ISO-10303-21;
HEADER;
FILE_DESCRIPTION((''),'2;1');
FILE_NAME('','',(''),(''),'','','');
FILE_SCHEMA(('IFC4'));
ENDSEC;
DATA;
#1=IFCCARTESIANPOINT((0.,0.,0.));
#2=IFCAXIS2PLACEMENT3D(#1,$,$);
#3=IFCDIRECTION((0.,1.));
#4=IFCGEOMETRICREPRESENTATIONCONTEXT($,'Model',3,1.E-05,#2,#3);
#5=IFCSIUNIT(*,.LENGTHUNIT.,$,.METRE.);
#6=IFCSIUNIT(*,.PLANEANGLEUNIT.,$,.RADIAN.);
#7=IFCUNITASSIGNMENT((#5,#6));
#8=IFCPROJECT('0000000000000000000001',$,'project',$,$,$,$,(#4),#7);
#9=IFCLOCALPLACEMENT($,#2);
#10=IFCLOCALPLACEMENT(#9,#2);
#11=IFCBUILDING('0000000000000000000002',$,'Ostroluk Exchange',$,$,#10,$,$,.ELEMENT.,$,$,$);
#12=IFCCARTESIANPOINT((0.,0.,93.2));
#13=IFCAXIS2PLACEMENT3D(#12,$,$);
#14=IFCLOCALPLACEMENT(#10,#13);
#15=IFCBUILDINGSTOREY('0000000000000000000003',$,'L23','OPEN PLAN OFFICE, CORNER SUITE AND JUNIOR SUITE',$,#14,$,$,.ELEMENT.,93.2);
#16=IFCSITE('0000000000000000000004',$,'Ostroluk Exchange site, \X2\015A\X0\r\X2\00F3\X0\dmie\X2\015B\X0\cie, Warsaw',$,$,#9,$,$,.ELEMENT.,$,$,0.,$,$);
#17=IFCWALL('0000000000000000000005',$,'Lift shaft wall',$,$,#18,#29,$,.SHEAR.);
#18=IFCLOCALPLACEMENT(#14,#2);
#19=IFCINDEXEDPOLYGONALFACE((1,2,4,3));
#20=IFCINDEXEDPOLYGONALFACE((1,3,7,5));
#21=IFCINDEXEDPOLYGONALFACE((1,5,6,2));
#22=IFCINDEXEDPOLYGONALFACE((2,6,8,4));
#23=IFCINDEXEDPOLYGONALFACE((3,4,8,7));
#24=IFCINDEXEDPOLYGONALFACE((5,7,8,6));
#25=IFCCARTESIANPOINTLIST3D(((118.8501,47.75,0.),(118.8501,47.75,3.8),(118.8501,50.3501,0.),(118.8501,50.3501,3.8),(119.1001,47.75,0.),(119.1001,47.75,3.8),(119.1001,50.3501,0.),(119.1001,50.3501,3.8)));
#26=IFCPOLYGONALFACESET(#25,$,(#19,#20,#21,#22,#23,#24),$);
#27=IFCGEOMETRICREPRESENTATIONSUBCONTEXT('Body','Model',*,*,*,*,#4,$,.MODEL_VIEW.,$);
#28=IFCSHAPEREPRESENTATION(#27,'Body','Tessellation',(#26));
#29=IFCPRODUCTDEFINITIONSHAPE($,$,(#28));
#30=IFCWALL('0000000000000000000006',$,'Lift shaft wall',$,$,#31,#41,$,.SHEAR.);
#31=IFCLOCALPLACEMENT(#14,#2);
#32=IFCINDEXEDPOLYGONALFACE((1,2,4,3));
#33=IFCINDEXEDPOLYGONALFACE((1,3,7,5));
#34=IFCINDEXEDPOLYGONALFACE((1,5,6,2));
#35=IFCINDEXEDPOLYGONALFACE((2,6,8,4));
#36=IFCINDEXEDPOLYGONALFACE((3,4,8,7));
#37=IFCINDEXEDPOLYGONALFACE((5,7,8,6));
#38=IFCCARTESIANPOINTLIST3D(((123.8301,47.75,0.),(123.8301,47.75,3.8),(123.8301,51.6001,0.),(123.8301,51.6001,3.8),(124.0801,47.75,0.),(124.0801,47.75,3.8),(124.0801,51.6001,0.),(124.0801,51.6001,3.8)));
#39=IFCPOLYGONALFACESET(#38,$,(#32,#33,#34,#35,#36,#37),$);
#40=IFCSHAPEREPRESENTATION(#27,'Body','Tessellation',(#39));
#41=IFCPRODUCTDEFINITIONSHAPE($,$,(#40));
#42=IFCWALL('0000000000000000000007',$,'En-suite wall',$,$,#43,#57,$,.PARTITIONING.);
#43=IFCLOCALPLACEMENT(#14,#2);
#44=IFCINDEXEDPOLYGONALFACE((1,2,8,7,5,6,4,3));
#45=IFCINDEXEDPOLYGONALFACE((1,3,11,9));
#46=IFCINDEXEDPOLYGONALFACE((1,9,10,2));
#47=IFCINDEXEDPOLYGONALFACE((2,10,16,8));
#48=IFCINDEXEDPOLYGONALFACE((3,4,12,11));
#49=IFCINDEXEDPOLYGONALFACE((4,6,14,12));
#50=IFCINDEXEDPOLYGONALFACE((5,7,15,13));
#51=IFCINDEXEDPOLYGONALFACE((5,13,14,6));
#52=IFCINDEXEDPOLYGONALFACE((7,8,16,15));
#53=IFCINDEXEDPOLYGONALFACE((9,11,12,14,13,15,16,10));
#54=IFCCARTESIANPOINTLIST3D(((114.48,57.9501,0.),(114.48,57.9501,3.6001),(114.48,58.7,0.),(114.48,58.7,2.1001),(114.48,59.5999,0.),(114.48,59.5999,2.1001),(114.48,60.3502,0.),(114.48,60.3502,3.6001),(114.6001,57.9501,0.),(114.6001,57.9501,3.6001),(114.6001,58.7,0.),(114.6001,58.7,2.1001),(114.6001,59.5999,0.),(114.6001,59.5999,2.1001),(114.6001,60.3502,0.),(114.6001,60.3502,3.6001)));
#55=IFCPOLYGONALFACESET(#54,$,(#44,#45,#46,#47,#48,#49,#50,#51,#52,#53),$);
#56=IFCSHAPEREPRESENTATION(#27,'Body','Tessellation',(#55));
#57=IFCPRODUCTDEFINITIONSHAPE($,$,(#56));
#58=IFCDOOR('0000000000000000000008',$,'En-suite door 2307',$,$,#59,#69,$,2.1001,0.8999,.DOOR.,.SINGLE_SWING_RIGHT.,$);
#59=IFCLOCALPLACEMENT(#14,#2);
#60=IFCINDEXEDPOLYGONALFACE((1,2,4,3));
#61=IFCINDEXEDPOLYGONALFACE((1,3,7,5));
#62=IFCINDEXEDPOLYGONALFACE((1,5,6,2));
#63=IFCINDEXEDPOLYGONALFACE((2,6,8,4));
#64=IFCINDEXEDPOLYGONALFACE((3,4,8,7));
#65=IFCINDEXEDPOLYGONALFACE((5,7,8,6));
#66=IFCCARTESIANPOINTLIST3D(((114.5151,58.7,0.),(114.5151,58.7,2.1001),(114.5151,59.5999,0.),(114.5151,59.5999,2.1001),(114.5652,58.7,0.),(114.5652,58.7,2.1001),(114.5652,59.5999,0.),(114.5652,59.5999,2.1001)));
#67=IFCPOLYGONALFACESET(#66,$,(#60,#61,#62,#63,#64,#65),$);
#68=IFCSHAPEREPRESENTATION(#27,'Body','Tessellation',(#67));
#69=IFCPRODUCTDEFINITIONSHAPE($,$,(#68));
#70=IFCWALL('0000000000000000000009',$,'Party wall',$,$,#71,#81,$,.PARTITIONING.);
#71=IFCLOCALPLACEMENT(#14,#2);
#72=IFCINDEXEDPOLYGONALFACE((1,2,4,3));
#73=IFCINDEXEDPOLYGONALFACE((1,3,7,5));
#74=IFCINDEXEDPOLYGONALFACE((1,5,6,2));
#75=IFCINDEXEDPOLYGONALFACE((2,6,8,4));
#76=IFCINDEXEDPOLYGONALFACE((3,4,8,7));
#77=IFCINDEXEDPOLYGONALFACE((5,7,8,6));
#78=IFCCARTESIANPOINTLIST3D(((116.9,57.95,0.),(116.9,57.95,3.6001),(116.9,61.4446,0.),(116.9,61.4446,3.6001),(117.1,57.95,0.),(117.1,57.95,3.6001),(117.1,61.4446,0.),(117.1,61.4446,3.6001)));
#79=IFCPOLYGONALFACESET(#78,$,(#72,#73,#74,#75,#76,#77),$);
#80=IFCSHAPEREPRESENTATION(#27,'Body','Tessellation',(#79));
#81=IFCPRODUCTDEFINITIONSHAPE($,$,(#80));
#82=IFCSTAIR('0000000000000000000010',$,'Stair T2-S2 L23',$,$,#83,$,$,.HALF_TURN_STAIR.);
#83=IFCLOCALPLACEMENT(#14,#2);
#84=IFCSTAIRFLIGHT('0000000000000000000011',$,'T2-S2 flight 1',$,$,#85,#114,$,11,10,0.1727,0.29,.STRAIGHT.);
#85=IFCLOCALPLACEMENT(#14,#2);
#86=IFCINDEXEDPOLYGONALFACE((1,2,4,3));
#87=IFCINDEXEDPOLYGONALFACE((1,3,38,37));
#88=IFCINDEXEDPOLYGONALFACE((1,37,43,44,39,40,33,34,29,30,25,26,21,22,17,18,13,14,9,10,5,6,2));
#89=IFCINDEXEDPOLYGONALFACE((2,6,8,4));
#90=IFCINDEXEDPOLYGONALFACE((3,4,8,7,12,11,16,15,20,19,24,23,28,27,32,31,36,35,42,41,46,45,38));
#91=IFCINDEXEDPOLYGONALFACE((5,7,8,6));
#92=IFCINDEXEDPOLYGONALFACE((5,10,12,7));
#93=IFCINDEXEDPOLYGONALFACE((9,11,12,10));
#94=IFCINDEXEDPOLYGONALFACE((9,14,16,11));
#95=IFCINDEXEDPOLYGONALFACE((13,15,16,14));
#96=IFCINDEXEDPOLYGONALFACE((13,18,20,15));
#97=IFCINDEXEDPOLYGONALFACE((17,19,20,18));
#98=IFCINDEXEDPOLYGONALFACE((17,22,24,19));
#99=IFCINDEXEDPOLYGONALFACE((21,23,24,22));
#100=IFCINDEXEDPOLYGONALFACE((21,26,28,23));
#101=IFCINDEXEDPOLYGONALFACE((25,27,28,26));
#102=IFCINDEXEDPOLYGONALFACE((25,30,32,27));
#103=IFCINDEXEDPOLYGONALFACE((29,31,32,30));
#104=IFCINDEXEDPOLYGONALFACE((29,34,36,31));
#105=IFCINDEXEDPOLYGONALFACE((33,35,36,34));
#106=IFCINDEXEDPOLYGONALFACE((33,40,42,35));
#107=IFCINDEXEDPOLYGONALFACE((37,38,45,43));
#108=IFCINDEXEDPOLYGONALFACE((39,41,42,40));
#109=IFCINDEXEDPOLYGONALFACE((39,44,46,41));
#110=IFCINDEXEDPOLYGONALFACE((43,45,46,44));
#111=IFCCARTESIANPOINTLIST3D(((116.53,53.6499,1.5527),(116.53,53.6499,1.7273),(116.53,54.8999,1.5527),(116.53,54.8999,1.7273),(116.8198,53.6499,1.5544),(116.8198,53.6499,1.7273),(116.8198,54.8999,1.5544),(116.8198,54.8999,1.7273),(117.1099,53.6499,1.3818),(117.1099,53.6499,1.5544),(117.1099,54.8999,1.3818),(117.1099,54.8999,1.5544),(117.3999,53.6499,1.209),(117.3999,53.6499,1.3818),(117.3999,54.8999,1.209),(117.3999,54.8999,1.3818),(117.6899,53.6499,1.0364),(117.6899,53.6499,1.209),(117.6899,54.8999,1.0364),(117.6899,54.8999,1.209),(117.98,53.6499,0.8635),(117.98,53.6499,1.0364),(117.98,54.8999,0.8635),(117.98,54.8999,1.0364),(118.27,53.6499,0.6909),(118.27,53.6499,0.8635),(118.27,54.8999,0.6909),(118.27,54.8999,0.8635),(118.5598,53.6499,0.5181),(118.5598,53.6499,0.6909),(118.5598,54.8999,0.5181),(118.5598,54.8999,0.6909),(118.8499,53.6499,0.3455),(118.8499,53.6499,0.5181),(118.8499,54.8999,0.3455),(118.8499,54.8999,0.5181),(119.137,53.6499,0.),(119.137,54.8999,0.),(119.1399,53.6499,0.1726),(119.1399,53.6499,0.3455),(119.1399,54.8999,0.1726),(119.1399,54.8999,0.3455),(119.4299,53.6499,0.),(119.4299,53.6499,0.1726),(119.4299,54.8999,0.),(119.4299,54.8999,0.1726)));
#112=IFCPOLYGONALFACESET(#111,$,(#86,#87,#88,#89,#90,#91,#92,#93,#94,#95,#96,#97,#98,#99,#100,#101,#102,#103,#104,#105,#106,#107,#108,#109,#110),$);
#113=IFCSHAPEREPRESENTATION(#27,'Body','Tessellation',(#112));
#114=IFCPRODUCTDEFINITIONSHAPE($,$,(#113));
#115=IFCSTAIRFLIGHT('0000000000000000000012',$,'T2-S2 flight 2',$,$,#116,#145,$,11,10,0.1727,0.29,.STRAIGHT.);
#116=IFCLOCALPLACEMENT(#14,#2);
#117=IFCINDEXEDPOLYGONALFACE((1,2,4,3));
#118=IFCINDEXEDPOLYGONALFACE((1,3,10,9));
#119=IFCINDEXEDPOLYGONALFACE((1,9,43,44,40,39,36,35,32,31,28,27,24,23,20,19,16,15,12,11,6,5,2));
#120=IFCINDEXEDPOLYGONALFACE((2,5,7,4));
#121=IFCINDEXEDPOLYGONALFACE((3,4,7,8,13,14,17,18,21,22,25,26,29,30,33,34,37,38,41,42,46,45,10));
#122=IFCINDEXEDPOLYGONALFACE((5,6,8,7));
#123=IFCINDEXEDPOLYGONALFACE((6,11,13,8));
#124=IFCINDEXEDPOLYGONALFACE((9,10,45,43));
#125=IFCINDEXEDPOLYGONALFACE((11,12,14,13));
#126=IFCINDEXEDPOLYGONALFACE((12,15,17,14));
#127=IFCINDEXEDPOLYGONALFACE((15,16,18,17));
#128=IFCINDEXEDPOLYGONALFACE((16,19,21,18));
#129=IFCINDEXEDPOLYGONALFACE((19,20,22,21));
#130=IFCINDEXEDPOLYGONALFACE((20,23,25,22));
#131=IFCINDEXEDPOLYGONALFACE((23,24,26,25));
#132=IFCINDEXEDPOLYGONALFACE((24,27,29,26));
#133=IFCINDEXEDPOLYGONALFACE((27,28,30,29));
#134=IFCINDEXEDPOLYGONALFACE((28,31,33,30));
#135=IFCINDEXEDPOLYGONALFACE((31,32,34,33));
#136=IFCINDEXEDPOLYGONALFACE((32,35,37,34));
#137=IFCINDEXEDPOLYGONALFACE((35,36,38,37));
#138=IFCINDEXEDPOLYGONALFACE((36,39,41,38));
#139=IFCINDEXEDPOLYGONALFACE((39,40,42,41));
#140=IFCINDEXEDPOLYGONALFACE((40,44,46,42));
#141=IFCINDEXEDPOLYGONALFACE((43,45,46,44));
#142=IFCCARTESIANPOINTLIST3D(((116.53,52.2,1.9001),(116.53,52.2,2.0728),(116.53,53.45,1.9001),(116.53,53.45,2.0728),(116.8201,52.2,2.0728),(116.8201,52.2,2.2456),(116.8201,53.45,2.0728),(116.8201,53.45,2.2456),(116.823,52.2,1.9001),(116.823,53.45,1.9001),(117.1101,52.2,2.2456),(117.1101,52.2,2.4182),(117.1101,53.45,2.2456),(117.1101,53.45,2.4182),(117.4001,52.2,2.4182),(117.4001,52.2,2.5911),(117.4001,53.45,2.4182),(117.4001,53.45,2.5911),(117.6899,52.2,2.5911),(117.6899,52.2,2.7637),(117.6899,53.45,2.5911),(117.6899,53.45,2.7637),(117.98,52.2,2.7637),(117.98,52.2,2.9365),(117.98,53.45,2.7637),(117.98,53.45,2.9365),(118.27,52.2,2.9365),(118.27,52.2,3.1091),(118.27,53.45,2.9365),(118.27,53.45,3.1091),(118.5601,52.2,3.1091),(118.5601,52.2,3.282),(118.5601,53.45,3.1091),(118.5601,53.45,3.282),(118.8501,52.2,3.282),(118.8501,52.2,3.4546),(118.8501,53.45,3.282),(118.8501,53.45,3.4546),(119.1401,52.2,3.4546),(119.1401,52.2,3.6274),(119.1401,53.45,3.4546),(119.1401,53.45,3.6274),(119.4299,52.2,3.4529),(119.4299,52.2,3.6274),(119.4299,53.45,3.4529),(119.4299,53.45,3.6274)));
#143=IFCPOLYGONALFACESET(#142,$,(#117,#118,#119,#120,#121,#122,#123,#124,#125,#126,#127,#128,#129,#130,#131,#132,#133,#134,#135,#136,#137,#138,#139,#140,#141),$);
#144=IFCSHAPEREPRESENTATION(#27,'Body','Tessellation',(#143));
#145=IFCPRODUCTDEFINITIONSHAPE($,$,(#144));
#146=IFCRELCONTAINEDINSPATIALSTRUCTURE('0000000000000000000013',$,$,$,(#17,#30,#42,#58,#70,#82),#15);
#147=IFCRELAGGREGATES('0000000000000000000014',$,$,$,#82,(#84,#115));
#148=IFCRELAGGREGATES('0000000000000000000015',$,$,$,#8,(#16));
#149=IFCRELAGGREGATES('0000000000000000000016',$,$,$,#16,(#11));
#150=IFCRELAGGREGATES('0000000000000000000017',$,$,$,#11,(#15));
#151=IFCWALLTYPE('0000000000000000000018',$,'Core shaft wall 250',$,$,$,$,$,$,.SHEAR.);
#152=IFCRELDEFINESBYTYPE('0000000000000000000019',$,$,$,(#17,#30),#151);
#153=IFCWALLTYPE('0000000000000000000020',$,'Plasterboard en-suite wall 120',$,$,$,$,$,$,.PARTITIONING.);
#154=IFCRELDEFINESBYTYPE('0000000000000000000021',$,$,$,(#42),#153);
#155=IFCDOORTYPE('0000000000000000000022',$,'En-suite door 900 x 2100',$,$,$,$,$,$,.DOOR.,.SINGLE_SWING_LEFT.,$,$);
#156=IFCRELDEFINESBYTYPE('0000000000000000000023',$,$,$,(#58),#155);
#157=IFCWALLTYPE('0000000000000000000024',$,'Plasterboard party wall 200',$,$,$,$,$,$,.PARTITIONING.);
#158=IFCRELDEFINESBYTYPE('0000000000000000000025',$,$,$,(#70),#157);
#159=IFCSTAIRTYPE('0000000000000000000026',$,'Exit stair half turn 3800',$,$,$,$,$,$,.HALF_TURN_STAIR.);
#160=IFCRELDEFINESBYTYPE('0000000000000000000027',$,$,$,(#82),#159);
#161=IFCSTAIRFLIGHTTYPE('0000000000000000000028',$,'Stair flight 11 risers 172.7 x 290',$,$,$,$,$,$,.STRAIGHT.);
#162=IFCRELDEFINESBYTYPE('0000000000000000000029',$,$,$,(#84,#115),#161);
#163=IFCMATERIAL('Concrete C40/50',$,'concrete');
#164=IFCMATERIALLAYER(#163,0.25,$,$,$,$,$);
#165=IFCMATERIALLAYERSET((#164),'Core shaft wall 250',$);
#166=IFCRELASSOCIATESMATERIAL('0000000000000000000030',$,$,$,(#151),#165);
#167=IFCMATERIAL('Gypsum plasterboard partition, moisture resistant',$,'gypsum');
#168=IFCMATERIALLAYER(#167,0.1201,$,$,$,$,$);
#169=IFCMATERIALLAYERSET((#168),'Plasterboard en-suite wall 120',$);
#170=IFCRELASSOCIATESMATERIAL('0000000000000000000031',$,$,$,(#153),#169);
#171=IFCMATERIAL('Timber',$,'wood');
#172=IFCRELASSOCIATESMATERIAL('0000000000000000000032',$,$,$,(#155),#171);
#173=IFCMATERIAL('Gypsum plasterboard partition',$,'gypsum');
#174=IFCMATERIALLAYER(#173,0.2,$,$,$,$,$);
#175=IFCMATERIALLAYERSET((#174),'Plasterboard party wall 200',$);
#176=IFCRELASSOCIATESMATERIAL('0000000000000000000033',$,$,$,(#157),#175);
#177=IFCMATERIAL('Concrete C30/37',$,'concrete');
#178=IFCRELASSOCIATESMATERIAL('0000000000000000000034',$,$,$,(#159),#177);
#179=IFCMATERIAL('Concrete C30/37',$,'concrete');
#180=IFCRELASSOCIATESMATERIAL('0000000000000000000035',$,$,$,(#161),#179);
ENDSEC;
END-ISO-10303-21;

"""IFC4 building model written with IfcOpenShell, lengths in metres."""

from ifc_helpers import new_model, si_unit, direction, frame, frame_2d, origin, place, context, subcontext, project, spatial, polyline, rectangle, outline, extrude, material, layer, layer_set, type_object, element, fill, aggregate, save


model = new_model("IFC4")

# Units and contexts
model_context = context("Model", 3, precision=1e-05, world=origin(), true_north=direction((0.0, 1.0)))
body_context = subcontext(model_context, "Body", "Model", "MODEL_VIEW")
ifc_project = project(units=[si_unit("LENGTHUNIT", "METRE"), si_unit("PLANEANGLEUNIT", "RADIAN")], contexts=[model_context])

# Site, building, storey
site_placement = place(None, origin())
site = spatial("IfcSite", under=ifc_project, at=site_placement, Name="Ostroluk Exchange site, Śródmieście, Warsaw", CompositionType="ELEMENT", RefElevation=0.0)
building_placement = place(site_placement, origin())
building = spatial("IfcBuilding", under=site, at=building_placement, Name="Ostroluk Exchange", CompositionType="ELEMENT")
storey_placement = place(building_placement, frame((0.0, 0.0, 93.2)))
storey = spatial("IfcBuildingStorey", under=building, at=storey_placement, Name="L23", Description="OPEN PLAN OFFICE, CORNER SUITE AND JUNIOR SUITE", CompositionType="ELEMENT", Elevation=93.2)

# Shared definitions
ifc_material_1 = material(Name="Concrete C40/50", Category="concrete")
ifc_layer_1 = layer(ifc_material_1, 0.25)
ifc_layer_set_1 = layer_set([ifc_layer_1], Name="Core shaft wall 250")
wall_type_1 = type_object("IfcWallType", Name="Core shaft wall 250", PredefinedType="SHEAR", material=ifc_layer_set_1)

# Walls
for number, where, z_axis, x_axis, name in (
    (1, (118.9751, 47.75, 0.0), (0.0, 0.0, 1.0), (0.0, 1.0, 0.0), "Lift shaft wall"),
):
    element("IfcWall", number, at=place(storey_placement, frame(where, z_axis=z_axis, x_axis=x_axis)), inside=storey, type_object=wall_type_1, Name=name, PredefinedType="SHEAR", context=body_context, shape_type="SweptSolid", body=[
        extrude(rectangle(XDim=2.6001, YDim=0.25, at=frame_2d((1.3, 0.0))), origin(), (0.0, 0.0, 1.0), 3.8),
    ])
wall_1_placement = place(storey_placement, frame((123.9551, 47.75, 0.0), z_axis=(0.0, 0.0, 1.0), x_axis=(0.0, 1.0, 0.0)))
element("IfcWall", 2, at=wall_1_placement, inside=storey, type_object=wall_type_1, Name="Lift shaft wall", PredefinedType="SHEAR", context=body_context, shape_type="SweptSolid", body=[
    extrude(rectangle(XDim=3.8501, YDim=0.25, at=frame_2d((1.925, 0.0))), origin(), (0.0, 0.0, 1.0), 3.8),
])

# Wall, opening, door
ifc_material_2 = material(Name="Gypsum plasterboard partition, moisture resistant", Category="gypsum")
ifc_layer_2 = layer(ifc_material_2, 0.1201)
ifc_layer_set_2 = layer_set([ifc_layer_2], Name="Plasterboard en-suite wall 120")
wall_type_2 = type_object("IfcWallType", Name="Plasterboard en-suite wall 120", PredefinedType="PARTITIONING", material=ifc_layer_set_2)
wall_2_placement = place(storey_placement, frame((114.54, 57.95, 0.0), z_axis=(0.0, 0.0, 1.0), x_axis=(0.0, 1.0, 0.0)))
wall_2 = element("IfcWall", 3, at=wall_2_placement, inside=storey, type_object=wall_type_2, Name="En-suite wall", PredefinedType="PARTITIONING", context=body_context, shape_type="SweptSolid", body=[
    extrude(rectangle(XDim=2.4001, YDim=0.1201, at=frame_2d((1.2002, 0.0))), origin(), (0.0, 0.0, 1.0), 3.6001),
])
opening_1_placement = place(wall_2_placement, frame((0.75, 0.0, 0.0)))
opening_1 = element("IfcOpeningElement", 4, at=opening_1_placement, cuts=wall_2, PredefinedType="OPENING", context=body_context, shape_type="SweptSolid", body=[
    extrude(rectangle(XDim=0.8999, YDim=2.1001, at=frame_2d((0.45, 1.05))), frame((0.0, 0.0701, 0.0), z_axis=(0.0, -1.0, 0.0), x_axis=(1.0, 0.0, 0.0)), (0.0, 0.0, 1.0), 0.1401),
])
ifc_material_3 = material(Name="Timber", Category="wood")
door_type_1 = type_object("IfcDoorType", Name="En-suite door 900 x 2100", OperationType="SINGLE_SWING_LEFT", PredefinedType="DOOR", material=ifc_material_3)
door_1_placement = place(opening_1_placement, origin())
door_1 = element("IfcDoor", 5, at=door_1_placement, inside=storey, type_object=door_type_1, Name="En-suite door 2307", OperationType="SINGLE_SWING_RIGHT", OverallHeight=2.1001, OverallWidth=0.8999, PredefinedType="DOOR", context=body_context, shape_type="SweptSolid", body=[
    extrude(rectangle(XDim=0.8999, YDim=2.1001, at=frame_2d((0.45, 1.05))), frame((0.0, 0.0249, 0.0), z_axis=(0.0, -1.0, 0.0), x_axis=(1.0, 0.0, 0.0)), (0.0, 0.0, 1.0), 0.05),
])
fill(opening_1, door_1)

# Wall
ifc_material_4 = material(Name="Gypsum plasterboard partition", Category="gypsum")
ifc_layer_3 = layer(ifc_material_4, 0.2)
ifc_layer_set_3 = layer_set([ifc_layer_3], Name="Plasterboard party wall 200")
wall_type_3 = type_object("IfcWallType", Name="Plasterboard party wall 200", PredefinedType="PARTITIONING", material=ifc_layer_set_3)
wall_3_placement = place(storey_placement, frame((117.0, 57.95, 0.0), z_axis=(0.0, 0.0, 1.0), x_axis=(0.0, 1.0, 0.0)))
element("IfcWall", 6, at=wall_3_placement, inside=storey, type_object=wall_type_3, Name="Party wall", PredefinedType="PARTITIONING", context=body_context, shape_type="SweptSolid", body=[
    extrude(rectangle(XDim=3.4946, YDim=0.2, at=frame_2d((1.7473, 0.0))), origin(), (0.0, 0.0, 1.0), 3.6001),
])

# Stair, stair flights
ifc_material_5 = material(Name="Concrete C30/37", Category="concrete")
stair_type = type_object("IfcStairType", Name="Exit stair half turn 3800", PredefinedType="HALF_TURN_STAIR", material=ifc_material_5)
stair_placement = place(storey_placement, origin())
stair = element("IfcStair", 7, at=stair_placement, inside=storey, type_object=stair_type, Name="Stair T2-S2 L23", PredefinedType="HALF_TURN_STAIR")
ifc_material_6 = material(Name="Concrete C30/37", Category="concrete")
stair_flight_type = type_object("IfcStairFlightType", Name="Stair flight 11 risers 172.7 x 290", PredefinedType="STRAIGHT", material=ifc_material_6)
stair_flight_1_placement = place(storey_placement, frame((119.4299, 54.2749, 0.0), z_axis=(0.0, 0.0, 1.0), x_axis=(-1.0, 0.0, 0.0)))
stair_flight_1 = element("IfcStairFlight", 8, at=stair_flight_1_placement, type_object=stair_flight_type, Name="T2-S2 flight 1", NumberOfRisers=11, NumberOfTreads=10, PredefinedType="STRAIGHT", RiserHeight=0.1727, TreadLength=0.29, context=body_context, shape_type="SweptSolid", body=[
    extrude(outline(polyline([(0.0, 0.0), (0.0, 0.1726), (0.29, 0.1726), (0.29, 0.3455), (0.5801, 0.3455), (0.5801, 0.5181), (0.8701, 0.5181), (0.8701, 0.6909), (1.1599, 0.6909), (1.1599, 0.8635), (1.45, 0.8635), (1.45, 1.0364), (1.74, 1.0364), (1.74, 1.209), (2.03, 1.209), (2.03, 1.3818), (2.3201, 1.3818), (2.3201, 1.5544), (2.6101, 1.5544), (2.6101, 1.7273), (2.8999, 1.7273), (2.8999, 1.8999), (2.8999, 1.5527), (0.293, 0.0), (0.0, 0.0)])), frame((0.0, 0.625, 0.0), z_axis=(0.0, -1.0, 0.0), x_axis=(1.0, 0.0, 0.0)), (0.0, 0.0, 1.0), 1.25),
])
stair_flight_2_placement = place(storey_placement, frame((116.53, 52.825, 1.9001), z_axis=(0.0, 0.0, 1.0), x_axis=(1.0, 0.0, 0.0)))
stair_flight_2 = element("IfcStairFlight", 9, at=stair_flight_2_placement, type_object=stair_flight_type, Name="T2-S2 flight 2", NumberOfRisers=11, NumberOfTreads=10, PredefinedType="STRAIGHT", RiserHeight=0.1727, TreadLength=0.29, context=body_context, shape_type="SweptSolid", body=[
    extrude(outline(polyline([(0.0, 0.0), (0.0, 0.1726), (0.29, 0.1726), (0.29, 0.3455), (0.5801, 0.3455), (0.5801, 0.5181), (0.8701, 0.5181), (0.8701, 0.6909), (1.1599, 0.6909), (1.1599, 0.8635), (1.45, 0.8635), (1.45, 1.0364), (1.74, 1.0364), (1.74, 1.209), (2.03, 1.209), (2.03, 1.3818), (2.3201, 1.3818), (2.3201, 1.5544), (2.6101, 1.5544), (2.6101, 1.7273), (2.8999, 1.7273), (2.8999, 1.8999), (2.8999, 1.5527), (0.293, 0.0), (0.0, 0.0)])), frame((0.0, 0.625, 0.0), z_axis=(0.0, -1.0, 0.0), x_axis=(1.0, 0.0, 0.0)), (0.0, 0.0, 1.0), 1.25),
])
aggregate(stair, [stair_flight_1, stair_flight_2])

save(model, "model.ifc")
